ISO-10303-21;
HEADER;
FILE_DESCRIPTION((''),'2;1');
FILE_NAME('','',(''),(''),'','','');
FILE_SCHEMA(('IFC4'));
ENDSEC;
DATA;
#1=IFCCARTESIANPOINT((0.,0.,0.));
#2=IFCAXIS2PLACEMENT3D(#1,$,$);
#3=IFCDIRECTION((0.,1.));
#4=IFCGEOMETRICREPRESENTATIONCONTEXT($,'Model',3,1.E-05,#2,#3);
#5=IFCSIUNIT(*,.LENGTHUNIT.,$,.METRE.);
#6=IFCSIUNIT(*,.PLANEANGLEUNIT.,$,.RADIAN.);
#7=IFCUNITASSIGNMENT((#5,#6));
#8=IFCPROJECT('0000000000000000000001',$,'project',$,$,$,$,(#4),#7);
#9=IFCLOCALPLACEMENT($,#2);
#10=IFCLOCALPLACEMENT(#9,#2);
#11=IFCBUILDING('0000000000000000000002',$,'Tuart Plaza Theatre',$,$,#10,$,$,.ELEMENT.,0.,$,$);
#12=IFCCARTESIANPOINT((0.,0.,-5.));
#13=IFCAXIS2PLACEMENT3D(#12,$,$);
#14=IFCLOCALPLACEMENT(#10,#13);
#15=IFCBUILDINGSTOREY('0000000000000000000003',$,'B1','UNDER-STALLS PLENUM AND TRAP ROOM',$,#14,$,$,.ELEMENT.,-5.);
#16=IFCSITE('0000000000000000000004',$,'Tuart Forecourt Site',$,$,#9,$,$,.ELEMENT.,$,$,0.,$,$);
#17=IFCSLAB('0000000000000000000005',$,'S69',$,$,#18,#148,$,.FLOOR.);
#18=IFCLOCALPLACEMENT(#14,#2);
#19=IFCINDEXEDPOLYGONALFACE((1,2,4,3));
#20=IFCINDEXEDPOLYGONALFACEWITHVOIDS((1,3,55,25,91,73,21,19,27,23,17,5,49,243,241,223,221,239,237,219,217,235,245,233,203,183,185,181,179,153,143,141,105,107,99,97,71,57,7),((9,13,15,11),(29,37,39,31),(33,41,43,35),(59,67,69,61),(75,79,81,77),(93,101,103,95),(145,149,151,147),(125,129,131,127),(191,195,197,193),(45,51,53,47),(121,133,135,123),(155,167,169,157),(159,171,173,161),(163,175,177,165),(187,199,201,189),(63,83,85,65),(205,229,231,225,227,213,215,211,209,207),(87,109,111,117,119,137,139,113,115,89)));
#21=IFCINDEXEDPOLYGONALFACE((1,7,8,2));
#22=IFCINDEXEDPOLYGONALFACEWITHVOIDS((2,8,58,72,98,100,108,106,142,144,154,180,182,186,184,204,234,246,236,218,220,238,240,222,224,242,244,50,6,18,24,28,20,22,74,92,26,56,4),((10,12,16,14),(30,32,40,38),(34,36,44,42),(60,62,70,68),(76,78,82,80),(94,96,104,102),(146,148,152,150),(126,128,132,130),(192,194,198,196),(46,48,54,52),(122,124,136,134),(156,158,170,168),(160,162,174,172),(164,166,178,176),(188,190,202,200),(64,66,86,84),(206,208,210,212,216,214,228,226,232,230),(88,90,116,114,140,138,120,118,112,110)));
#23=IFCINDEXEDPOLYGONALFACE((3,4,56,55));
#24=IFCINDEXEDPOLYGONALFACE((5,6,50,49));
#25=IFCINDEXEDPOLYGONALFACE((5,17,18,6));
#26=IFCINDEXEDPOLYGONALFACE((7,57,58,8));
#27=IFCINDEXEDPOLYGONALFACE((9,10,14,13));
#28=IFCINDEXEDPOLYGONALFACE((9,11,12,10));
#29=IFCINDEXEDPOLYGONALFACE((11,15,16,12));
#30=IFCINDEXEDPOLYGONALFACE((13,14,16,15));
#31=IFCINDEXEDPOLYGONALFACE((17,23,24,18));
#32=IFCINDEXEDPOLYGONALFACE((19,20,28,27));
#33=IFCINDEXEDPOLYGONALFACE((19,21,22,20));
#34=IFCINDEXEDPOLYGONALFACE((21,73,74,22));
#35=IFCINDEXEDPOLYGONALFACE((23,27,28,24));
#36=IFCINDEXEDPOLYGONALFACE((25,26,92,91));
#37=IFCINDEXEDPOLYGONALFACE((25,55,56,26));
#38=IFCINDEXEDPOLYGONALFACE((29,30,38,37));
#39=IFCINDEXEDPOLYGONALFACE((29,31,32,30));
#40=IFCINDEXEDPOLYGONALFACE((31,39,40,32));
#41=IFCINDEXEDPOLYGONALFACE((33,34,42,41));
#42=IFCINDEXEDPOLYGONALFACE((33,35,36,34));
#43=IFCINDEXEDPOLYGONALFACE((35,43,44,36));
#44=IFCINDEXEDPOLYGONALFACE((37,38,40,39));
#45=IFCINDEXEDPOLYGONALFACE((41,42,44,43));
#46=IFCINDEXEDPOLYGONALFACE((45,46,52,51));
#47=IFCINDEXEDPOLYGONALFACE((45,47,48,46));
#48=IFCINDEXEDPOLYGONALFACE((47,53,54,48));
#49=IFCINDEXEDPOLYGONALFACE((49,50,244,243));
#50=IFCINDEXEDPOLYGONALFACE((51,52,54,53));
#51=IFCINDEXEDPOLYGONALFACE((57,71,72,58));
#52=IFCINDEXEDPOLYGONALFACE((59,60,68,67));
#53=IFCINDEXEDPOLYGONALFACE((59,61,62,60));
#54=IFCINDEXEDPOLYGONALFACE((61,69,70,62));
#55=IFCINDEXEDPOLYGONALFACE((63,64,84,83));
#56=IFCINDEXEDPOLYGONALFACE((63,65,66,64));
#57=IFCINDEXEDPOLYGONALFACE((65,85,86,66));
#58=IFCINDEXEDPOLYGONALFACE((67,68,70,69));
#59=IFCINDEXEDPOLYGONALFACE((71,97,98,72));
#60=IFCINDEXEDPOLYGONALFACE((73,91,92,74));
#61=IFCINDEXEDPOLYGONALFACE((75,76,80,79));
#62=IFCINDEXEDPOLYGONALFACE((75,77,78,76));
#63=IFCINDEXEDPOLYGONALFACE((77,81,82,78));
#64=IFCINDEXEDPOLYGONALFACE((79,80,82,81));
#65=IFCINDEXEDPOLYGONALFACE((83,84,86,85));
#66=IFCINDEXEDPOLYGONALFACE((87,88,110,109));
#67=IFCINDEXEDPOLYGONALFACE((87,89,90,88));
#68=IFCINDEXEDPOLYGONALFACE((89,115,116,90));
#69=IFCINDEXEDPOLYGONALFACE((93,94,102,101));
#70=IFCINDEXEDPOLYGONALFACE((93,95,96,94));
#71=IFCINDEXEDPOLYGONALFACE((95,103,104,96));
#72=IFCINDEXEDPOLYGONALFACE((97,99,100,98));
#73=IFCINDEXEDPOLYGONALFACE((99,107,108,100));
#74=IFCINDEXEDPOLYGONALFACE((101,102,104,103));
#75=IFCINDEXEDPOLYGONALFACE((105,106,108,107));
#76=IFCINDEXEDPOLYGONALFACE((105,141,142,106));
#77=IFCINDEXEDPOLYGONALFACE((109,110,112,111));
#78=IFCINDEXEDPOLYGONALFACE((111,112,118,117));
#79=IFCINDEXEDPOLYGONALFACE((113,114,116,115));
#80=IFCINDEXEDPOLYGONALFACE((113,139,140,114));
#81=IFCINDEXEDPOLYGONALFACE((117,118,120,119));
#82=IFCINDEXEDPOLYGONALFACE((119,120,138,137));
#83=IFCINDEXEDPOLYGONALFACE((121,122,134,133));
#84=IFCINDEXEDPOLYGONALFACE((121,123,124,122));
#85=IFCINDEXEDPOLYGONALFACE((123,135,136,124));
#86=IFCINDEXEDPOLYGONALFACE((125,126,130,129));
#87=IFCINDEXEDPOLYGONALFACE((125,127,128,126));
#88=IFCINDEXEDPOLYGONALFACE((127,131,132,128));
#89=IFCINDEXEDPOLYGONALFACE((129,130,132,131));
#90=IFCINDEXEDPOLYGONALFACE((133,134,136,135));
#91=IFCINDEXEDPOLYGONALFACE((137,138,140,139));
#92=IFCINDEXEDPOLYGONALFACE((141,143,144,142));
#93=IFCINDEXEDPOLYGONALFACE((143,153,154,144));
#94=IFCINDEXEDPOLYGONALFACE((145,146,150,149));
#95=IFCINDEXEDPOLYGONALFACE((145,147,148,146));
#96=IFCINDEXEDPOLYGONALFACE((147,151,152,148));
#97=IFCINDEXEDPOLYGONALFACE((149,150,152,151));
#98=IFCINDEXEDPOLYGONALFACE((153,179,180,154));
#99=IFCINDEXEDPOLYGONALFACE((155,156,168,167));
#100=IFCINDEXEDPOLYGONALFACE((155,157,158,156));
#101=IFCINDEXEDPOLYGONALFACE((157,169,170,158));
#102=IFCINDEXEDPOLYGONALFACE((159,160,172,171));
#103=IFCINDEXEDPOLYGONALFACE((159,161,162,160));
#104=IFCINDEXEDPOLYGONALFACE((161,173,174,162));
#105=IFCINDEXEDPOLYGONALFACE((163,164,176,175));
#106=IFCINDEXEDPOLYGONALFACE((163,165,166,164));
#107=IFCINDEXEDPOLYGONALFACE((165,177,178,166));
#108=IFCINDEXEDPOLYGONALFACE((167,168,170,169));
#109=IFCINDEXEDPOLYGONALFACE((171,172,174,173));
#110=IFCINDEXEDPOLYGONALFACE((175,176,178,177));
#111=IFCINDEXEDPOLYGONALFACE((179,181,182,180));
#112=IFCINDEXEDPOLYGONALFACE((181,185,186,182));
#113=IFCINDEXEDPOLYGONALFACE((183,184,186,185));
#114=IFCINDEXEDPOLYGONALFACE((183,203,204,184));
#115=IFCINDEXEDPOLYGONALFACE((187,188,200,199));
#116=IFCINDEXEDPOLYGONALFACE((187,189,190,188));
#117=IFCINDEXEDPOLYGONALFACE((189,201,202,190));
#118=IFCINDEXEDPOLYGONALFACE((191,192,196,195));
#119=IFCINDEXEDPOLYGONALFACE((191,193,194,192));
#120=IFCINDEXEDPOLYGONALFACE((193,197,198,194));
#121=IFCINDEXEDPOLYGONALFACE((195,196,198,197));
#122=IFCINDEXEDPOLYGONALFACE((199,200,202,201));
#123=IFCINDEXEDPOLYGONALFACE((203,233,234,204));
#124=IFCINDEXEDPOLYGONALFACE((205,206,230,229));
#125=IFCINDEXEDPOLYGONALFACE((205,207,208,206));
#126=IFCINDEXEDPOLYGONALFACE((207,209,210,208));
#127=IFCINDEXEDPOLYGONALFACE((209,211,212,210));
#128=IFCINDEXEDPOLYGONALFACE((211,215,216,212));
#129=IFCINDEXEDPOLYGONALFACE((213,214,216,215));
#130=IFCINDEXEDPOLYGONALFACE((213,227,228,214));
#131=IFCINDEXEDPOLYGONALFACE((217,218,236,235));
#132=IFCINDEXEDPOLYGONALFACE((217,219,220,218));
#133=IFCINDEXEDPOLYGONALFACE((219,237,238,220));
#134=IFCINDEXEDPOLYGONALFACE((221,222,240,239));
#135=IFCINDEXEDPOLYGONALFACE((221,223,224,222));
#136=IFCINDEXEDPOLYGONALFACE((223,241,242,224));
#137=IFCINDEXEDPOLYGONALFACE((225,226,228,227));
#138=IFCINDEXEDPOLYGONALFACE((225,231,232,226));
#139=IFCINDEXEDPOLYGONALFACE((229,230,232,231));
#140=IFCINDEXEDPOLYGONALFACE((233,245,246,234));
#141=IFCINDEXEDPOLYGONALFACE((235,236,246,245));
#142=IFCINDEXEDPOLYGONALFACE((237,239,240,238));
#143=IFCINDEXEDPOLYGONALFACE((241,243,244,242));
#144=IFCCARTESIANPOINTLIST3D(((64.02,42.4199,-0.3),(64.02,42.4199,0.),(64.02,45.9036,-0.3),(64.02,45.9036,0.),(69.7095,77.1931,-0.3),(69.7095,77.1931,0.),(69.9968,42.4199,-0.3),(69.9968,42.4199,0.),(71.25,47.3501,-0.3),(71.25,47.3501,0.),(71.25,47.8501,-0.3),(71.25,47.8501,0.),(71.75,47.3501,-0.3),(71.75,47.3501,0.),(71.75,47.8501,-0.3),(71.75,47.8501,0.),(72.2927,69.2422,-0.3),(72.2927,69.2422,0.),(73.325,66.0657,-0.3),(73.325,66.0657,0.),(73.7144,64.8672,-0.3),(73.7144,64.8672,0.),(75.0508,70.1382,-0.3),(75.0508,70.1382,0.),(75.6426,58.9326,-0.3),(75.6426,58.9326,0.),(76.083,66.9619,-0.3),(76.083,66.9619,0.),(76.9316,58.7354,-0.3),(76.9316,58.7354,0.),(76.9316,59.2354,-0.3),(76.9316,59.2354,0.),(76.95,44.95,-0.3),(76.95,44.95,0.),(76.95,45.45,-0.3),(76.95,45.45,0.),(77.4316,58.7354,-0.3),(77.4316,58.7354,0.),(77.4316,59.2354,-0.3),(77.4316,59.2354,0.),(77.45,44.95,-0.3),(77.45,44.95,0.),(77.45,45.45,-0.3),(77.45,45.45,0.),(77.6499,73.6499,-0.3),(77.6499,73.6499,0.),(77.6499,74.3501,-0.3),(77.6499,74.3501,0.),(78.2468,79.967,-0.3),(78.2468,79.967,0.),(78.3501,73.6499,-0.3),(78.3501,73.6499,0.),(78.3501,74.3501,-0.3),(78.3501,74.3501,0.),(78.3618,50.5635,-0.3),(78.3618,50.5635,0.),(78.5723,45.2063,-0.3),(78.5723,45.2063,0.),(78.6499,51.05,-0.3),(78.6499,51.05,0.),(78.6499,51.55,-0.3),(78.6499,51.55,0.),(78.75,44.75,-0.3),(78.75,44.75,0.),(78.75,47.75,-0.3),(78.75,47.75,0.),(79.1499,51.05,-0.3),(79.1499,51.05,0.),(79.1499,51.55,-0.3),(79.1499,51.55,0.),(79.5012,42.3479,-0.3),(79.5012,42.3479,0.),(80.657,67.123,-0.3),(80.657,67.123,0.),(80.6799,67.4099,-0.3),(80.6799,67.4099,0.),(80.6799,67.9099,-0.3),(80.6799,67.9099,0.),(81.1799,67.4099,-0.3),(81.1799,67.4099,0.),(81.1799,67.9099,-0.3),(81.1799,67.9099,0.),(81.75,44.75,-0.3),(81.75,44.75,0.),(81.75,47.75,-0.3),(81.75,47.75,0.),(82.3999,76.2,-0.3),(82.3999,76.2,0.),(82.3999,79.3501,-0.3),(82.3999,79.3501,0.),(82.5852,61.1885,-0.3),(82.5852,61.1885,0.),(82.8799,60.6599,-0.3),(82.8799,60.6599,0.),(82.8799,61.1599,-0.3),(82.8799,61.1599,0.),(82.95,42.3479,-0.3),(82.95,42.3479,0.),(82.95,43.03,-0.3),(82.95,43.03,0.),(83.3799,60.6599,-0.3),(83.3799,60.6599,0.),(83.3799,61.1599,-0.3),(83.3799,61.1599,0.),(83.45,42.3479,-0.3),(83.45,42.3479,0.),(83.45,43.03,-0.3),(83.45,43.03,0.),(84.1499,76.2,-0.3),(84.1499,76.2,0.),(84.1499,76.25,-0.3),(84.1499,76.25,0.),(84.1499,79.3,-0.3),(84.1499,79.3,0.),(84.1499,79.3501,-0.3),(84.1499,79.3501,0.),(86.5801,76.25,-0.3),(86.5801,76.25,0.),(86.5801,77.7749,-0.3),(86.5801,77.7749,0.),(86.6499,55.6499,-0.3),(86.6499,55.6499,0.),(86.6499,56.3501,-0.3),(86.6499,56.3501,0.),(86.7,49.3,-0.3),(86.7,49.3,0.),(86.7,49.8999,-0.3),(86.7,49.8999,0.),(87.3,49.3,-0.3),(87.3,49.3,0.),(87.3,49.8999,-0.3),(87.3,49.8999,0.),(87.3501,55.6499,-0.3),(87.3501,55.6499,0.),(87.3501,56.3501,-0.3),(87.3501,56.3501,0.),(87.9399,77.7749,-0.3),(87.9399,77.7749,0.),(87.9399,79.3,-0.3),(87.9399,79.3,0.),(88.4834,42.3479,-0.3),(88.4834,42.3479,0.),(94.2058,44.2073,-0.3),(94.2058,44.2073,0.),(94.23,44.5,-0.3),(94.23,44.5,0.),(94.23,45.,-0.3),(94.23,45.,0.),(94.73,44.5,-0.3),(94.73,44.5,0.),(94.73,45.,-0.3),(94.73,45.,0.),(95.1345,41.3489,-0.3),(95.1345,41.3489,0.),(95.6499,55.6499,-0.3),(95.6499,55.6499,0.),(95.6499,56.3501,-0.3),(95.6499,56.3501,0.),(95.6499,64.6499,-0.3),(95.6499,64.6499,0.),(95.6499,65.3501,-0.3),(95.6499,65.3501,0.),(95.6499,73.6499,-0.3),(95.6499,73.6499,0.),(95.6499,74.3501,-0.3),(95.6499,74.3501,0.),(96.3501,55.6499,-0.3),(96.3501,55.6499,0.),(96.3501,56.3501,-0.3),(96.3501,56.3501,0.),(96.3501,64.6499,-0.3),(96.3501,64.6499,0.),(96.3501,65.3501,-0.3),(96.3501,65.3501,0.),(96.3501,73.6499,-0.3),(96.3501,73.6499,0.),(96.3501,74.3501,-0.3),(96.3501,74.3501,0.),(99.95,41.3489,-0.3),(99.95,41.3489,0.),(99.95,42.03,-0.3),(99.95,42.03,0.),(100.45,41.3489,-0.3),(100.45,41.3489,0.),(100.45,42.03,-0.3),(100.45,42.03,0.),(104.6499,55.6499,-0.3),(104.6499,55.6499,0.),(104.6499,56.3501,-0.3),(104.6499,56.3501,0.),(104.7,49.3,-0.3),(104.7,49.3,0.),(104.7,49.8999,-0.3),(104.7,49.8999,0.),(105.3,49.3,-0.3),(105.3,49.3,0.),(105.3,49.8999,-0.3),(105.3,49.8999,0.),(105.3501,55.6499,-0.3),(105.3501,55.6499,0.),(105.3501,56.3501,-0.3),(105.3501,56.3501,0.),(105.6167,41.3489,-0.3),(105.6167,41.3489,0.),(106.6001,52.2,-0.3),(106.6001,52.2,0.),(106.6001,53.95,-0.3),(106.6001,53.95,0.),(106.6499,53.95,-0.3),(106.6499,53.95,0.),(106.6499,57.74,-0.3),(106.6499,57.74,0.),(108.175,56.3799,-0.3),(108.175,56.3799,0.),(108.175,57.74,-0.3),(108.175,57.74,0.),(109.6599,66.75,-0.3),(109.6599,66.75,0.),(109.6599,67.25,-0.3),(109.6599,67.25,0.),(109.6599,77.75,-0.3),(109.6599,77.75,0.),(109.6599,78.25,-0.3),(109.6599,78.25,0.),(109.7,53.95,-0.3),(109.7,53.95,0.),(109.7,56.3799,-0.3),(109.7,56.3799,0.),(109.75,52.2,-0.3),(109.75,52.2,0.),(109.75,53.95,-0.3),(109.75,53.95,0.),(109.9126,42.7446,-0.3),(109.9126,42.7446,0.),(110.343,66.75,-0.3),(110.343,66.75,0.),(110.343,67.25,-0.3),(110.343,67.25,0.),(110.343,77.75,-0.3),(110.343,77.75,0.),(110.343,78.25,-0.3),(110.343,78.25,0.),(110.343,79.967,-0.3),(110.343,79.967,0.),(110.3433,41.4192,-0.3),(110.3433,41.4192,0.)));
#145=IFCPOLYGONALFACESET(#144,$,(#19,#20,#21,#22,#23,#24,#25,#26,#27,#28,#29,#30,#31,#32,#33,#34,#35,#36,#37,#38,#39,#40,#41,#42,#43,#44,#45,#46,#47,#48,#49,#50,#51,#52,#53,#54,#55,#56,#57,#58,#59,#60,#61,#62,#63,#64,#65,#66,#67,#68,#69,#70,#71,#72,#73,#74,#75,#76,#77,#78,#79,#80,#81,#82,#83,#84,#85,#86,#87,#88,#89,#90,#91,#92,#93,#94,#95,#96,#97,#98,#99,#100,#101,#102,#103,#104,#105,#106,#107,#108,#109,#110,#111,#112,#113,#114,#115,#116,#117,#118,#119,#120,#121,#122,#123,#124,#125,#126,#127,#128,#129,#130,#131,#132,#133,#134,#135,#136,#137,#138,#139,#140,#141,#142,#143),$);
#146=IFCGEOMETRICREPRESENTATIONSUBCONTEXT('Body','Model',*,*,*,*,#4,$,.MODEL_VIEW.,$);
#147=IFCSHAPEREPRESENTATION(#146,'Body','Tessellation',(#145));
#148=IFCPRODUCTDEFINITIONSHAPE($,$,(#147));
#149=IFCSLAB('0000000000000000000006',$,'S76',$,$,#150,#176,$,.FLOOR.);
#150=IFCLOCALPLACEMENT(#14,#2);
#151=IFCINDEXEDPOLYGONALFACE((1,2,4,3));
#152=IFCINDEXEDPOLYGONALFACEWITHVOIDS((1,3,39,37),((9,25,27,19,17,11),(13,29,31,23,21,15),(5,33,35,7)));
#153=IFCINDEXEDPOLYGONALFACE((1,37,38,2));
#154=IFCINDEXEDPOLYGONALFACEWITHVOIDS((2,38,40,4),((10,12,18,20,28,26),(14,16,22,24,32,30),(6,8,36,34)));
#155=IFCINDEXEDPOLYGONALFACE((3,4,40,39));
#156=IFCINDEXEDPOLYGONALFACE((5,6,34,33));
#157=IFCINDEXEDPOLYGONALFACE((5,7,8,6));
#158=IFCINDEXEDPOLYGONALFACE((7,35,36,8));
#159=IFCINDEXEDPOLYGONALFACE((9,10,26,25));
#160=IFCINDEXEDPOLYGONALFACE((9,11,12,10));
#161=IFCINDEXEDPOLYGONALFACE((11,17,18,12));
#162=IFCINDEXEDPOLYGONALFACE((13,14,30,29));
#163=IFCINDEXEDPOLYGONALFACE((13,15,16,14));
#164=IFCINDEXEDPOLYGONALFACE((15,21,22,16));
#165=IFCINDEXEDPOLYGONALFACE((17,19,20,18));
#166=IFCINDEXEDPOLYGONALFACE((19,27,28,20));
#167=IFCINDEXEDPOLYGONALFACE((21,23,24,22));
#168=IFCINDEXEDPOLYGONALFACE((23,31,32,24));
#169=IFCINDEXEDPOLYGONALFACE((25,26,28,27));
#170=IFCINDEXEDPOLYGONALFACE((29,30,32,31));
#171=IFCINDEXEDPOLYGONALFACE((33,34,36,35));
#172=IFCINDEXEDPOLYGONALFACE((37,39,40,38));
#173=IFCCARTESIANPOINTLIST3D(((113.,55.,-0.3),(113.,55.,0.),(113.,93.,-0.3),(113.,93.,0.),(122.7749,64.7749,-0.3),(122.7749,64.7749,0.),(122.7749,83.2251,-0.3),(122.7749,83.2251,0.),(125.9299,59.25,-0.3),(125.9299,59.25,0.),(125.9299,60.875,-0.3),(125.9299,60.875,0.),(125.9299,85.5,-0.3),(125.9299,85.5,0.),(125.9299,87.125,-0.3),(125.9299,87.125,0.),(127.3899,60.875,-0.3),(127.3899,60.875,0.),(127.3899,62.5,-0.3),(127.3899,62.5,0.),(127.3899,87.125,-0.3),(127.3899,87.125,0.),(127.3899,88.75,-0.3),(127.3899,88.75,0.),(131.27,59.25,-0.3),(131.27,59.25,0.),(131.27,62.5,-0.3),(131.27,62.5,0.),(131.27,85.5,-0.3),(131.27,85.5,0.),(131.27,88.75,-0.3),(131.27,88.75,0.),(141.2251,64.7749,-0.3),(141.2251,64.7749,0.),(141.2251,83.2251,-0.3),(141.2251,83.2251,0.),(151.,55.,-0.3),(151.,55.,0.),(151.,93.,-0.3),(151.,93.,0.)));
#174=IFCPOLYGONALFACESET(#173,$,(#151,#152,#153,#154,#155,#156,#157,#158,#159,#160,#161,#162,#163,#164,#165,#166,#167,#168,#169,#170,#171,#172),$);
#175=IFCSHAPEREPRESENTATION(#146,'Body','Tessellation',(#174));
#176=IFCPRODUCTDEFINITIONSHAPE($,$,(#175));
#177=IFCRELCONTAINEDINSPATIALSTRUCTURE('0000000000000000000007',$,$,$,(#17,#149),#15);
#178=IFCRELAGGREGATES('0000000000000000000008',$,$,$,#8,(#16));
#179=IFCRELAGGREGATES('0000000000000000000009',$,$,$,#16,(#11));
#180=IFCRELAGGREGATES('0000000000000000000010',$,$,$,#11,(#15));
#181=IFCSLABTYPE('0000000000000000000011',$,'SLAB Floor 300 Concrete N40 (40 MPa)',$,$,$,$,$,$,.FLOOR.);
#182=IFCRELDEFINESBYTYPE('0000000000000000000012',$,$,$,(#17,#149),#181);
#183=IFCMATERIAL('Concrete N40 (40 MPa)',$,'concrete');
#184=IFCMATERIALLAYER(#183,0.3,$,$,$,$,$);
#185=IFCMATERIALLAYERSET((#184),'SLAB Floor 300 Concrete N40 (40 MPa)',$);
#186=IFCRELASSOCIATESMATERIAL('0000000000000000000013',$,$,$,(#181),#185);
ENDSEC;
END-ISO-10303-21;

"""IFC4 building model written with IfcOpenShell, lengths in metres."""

from ifc_helpers import new_model, si_unit, direction, frame, origin, place, context, subcontext, project, spatial, polyline, outline, extrude, material, layer, layer_set, type_object, element, save


model = new_model("IFC4")

# Units and contexts
model_context = context("Model", 3, precision=1e-05, world=origin(), true_north=direction((0.0, 1.0)))
body_context = subcontext(model_context, "Body", "Model", "MODEL_VIEW")
ifc_project = project(units=[si_unit("LENGTHUNIT", "METRE"), si_unit("PLANEANGLEUNIT", "RADIAN")], contexts=[model_context])

# Site, building, storey
site_placement = place(None, origin())
site = spatial("IfcSite", under=ifc_project, at=site_placement, Name="Tuart Forecourt Site", CompositionType="ELEMENT", RefElevation=0.0)
building_placement = place(site_placement, origin())
building = spatial("IfcBuilding", under=site, at=building_placement, Name="Tuart Plaza Theatre", CompositionType="ELEMENT", ElevationOfRefHeight=0.0)
storey_placement = place(building_placement, frame((0.0, 0.0, -5.0)))
storey = spatial("IfcBuildingStorey", under=building, at=storey_placement, Name="B1", Description="UNDER-STALLS PLENUM AND TRAP ROOM", CompositionType="ELEMENT", Elevation=-5.0)

# Slabs
ifc_material_1 = material(Name="Concrete N40 (40 MPa)", Category="concrete")
ifc_layer_1 = layer(ifc_material_1, 0.3)
ifc_layer_set_1 = layer_set([ifc_layer_1], Name="SLAB Floor 300 Concrete N40 (40 MPa)")
slab_type_1 = type_object("IfcSlabType", Name="SLAB Floor 300 Concrete N40 (40 MPa)", PredefinedType="FLOOR", material=ifc_layer_set_1)
slab_1_placement = place(storey_placement, frame((0.0, 0.0, -0.3)))
element("IfcSlab", 1, at=slab_1_placement, inside=storey, type_object=slab_type_1, Name="S69", PredefinedType="FLOOR", context=body_context, shape_type="SweptSolid", body=[
    extrude(outline(polyline([(78.3618, 50.5635), (64.02, 45.9036), (64.02, 42.4199), (69.9968, 42.4199), (78.5723, 45.2063), (79.5012, 42.3479), (82.95, 42.3479), (82.95, 43.03), (83.45, 43.03), (83.45, 42.3479), (88.4834, 42.3479), (94.2058, 44.2073), (95.1345, 41.3489), (99.95, 41.3489), (99.95, 42.03), (100.45, 42.03), (100.45, 41.3489), (105.6167, 41.3489), (109.9126, 42.7446), (110.3433, 41.4192), (110.343, 66.75), (109.6599, 66.75), (109.6599, 67.25), (110.343, 67.25), (110.343, 77.75), (109.6599, 77.75), (109.6599, 78.25), (110.343, 78.25), (110.343, 79.967), (78.2468, 79.967), (69.7095, 77.1931), (72.2927, 69.2422), (75.0508, 70.1382), (76.083, 66.9619), (73.325, 66.0657), (73.7144, 64.8672), (80.657, 67.123), (82.5852, 61.1885), (75.6426, 58.9326), (78.3618, 50.5635)]), holes=[polyline([(76.9316, 59.2354), (76.9316, 58.7354), (77.4316, 58.7354), (77.4316, 59.2354), (76.9316, 59.2354)]), polyline([(78.75, 44.75), (81.75, 44.75), (81.75, 47.75), (78.75, 47.75), (78.75, 44.75)]), polyline([(77.45, 44.95), (77.45, 45.45), (76.95, 45.45), (76.95, 44.95), (77.45, 44.95)]), polyline([(106.6001, 53.95), (106.6001, 52.2), (109.75, 52.2), (109.75, 53.95), (109.7, 53.95), (109.7, 56.3799), (108.175, 56.3799), (108.175, 57.74), (106.6499, 57.74), (106.6499, 53.95), (106.6001, 53.95)]), polyline([(104.6499, 56.3501), (104.6499, 55.6499), (105.3501, 55.6499), (105.3501, 56.3501), (104.6499, 56.3501)]), polyline([(104.7, 49.3), (105.3, 49.3), (105.3, 49.8999), (104.7, 49.8999), (104.7, 49.3)]), polyline([(95.6499, 55.6499), (96.3501, 55.6499), (96.3501, 56.3501), (95.6499, 56.3501), (95.6499, 55.6499)]), polyline([(95.6499, 65.3501), (95.6499, 64.6499), (96.3501, 64.6499), (96.3501, 65.3501), (95.6499, 65.3501)]), polyline([(95.6499, 74.3501), (95.6499, 73.6499), (96.3501, 73.6499), (96.3501, 74.3501), (95.6499, 74.3501)]), polyline([(94.23, 44.5), (94.73, 44.5), (94.73, 45.0), (94.23, 45.0), (94.23, 44.5)]), polyline([(84.1499, 76.2), (84.1499, 76.25), (86.5801, 76.25), (86.5801, 77.7749), (87.9399, 77.7749), (87.9399, 79.3), (84.1499, 79.3), (84.1499, 79.3501), (82.3999, 79.3501), (82.3999, 76.2), (84.1499, 76.2)]), polyline([(86.6499, 56.3501), (86.6499, 55.6499), (87.3501, 55.6499), (87.3501, 56.3501), (86.6499, 56.3501)]), polyline([(86.7, 49.8999), (86.7, 49.3), (87.3, 49.3), (87.3, 49.8999), (86.7, 49.8999)]), polyline([(82.8799, 61.1599), (82.8799, 60.6599), (83.3799, 60.6599), (83.3799, 61.1599), (82.8799, 61.1599)]), polyline([(80.6799, 67.4099), (81.1799, 67.4099), (81.1799, 67.9099), (80.6799, 67.9099), (80.6799, 67.4099)]), polyline([(78.6499, 51.05), (79.1499, 51.05), (79.1499, 51.55), (78.6499, 51.55), (78.6499, 51.05)]), polyline([(77.6499, 74.3501), (77.6499, 73.6499), (78.3501, 73.6499), (78.3501, 74.3501), (77.6499, 74.3501)]), polyline([(71.25, 47.8501), (71.25, 47.3501), (71.75, 47.3501), (71.75, 47.8501), (71.25, 47.8501)])]), origin(), (0.0, 0.0, 1.0), 0.3),
])
slab_2_placement = place(storey_placement, frame((0.0, 0.0, -0.3)))
element("IfcSlab", 2, at=slab_2_placement, inside=storey, type_object=slab_type_1, Name="S76", PredefinedType="FLOOR", context=body_context, shape_type="SweptSolid", body=[
    extrude(outline(polyline([(113.0, 93.0), (113.0, 55.0), (151.0, 55.0), (151.0, 93.0), (113.0, 93.0)]), holes=[polyline([(122.7749, 64.7749), (141.2251, 64.7749), (141.2251, 83.2251), (122.7749, 83.2251), (122.7749, 64.7749)]), polyline([(131.27, 62.5), (127.3899, 62.5), (127.3899, 60.875), (125.9299, 60.875), (125.9299, 59.25), (131.27, 59.25), (131.27, 62.5)]), polyline([(131.27, 85.5), (131.27, 88.75), (127.3899, 88.75), (127.3899, 87.125), (125.9299, 87.125), (125.9299, 85.5), (131.27, 85.5)])]), origin(), (0.0, 0.0, 1.0), 0.3),
])

save(model, "model.ifc")
